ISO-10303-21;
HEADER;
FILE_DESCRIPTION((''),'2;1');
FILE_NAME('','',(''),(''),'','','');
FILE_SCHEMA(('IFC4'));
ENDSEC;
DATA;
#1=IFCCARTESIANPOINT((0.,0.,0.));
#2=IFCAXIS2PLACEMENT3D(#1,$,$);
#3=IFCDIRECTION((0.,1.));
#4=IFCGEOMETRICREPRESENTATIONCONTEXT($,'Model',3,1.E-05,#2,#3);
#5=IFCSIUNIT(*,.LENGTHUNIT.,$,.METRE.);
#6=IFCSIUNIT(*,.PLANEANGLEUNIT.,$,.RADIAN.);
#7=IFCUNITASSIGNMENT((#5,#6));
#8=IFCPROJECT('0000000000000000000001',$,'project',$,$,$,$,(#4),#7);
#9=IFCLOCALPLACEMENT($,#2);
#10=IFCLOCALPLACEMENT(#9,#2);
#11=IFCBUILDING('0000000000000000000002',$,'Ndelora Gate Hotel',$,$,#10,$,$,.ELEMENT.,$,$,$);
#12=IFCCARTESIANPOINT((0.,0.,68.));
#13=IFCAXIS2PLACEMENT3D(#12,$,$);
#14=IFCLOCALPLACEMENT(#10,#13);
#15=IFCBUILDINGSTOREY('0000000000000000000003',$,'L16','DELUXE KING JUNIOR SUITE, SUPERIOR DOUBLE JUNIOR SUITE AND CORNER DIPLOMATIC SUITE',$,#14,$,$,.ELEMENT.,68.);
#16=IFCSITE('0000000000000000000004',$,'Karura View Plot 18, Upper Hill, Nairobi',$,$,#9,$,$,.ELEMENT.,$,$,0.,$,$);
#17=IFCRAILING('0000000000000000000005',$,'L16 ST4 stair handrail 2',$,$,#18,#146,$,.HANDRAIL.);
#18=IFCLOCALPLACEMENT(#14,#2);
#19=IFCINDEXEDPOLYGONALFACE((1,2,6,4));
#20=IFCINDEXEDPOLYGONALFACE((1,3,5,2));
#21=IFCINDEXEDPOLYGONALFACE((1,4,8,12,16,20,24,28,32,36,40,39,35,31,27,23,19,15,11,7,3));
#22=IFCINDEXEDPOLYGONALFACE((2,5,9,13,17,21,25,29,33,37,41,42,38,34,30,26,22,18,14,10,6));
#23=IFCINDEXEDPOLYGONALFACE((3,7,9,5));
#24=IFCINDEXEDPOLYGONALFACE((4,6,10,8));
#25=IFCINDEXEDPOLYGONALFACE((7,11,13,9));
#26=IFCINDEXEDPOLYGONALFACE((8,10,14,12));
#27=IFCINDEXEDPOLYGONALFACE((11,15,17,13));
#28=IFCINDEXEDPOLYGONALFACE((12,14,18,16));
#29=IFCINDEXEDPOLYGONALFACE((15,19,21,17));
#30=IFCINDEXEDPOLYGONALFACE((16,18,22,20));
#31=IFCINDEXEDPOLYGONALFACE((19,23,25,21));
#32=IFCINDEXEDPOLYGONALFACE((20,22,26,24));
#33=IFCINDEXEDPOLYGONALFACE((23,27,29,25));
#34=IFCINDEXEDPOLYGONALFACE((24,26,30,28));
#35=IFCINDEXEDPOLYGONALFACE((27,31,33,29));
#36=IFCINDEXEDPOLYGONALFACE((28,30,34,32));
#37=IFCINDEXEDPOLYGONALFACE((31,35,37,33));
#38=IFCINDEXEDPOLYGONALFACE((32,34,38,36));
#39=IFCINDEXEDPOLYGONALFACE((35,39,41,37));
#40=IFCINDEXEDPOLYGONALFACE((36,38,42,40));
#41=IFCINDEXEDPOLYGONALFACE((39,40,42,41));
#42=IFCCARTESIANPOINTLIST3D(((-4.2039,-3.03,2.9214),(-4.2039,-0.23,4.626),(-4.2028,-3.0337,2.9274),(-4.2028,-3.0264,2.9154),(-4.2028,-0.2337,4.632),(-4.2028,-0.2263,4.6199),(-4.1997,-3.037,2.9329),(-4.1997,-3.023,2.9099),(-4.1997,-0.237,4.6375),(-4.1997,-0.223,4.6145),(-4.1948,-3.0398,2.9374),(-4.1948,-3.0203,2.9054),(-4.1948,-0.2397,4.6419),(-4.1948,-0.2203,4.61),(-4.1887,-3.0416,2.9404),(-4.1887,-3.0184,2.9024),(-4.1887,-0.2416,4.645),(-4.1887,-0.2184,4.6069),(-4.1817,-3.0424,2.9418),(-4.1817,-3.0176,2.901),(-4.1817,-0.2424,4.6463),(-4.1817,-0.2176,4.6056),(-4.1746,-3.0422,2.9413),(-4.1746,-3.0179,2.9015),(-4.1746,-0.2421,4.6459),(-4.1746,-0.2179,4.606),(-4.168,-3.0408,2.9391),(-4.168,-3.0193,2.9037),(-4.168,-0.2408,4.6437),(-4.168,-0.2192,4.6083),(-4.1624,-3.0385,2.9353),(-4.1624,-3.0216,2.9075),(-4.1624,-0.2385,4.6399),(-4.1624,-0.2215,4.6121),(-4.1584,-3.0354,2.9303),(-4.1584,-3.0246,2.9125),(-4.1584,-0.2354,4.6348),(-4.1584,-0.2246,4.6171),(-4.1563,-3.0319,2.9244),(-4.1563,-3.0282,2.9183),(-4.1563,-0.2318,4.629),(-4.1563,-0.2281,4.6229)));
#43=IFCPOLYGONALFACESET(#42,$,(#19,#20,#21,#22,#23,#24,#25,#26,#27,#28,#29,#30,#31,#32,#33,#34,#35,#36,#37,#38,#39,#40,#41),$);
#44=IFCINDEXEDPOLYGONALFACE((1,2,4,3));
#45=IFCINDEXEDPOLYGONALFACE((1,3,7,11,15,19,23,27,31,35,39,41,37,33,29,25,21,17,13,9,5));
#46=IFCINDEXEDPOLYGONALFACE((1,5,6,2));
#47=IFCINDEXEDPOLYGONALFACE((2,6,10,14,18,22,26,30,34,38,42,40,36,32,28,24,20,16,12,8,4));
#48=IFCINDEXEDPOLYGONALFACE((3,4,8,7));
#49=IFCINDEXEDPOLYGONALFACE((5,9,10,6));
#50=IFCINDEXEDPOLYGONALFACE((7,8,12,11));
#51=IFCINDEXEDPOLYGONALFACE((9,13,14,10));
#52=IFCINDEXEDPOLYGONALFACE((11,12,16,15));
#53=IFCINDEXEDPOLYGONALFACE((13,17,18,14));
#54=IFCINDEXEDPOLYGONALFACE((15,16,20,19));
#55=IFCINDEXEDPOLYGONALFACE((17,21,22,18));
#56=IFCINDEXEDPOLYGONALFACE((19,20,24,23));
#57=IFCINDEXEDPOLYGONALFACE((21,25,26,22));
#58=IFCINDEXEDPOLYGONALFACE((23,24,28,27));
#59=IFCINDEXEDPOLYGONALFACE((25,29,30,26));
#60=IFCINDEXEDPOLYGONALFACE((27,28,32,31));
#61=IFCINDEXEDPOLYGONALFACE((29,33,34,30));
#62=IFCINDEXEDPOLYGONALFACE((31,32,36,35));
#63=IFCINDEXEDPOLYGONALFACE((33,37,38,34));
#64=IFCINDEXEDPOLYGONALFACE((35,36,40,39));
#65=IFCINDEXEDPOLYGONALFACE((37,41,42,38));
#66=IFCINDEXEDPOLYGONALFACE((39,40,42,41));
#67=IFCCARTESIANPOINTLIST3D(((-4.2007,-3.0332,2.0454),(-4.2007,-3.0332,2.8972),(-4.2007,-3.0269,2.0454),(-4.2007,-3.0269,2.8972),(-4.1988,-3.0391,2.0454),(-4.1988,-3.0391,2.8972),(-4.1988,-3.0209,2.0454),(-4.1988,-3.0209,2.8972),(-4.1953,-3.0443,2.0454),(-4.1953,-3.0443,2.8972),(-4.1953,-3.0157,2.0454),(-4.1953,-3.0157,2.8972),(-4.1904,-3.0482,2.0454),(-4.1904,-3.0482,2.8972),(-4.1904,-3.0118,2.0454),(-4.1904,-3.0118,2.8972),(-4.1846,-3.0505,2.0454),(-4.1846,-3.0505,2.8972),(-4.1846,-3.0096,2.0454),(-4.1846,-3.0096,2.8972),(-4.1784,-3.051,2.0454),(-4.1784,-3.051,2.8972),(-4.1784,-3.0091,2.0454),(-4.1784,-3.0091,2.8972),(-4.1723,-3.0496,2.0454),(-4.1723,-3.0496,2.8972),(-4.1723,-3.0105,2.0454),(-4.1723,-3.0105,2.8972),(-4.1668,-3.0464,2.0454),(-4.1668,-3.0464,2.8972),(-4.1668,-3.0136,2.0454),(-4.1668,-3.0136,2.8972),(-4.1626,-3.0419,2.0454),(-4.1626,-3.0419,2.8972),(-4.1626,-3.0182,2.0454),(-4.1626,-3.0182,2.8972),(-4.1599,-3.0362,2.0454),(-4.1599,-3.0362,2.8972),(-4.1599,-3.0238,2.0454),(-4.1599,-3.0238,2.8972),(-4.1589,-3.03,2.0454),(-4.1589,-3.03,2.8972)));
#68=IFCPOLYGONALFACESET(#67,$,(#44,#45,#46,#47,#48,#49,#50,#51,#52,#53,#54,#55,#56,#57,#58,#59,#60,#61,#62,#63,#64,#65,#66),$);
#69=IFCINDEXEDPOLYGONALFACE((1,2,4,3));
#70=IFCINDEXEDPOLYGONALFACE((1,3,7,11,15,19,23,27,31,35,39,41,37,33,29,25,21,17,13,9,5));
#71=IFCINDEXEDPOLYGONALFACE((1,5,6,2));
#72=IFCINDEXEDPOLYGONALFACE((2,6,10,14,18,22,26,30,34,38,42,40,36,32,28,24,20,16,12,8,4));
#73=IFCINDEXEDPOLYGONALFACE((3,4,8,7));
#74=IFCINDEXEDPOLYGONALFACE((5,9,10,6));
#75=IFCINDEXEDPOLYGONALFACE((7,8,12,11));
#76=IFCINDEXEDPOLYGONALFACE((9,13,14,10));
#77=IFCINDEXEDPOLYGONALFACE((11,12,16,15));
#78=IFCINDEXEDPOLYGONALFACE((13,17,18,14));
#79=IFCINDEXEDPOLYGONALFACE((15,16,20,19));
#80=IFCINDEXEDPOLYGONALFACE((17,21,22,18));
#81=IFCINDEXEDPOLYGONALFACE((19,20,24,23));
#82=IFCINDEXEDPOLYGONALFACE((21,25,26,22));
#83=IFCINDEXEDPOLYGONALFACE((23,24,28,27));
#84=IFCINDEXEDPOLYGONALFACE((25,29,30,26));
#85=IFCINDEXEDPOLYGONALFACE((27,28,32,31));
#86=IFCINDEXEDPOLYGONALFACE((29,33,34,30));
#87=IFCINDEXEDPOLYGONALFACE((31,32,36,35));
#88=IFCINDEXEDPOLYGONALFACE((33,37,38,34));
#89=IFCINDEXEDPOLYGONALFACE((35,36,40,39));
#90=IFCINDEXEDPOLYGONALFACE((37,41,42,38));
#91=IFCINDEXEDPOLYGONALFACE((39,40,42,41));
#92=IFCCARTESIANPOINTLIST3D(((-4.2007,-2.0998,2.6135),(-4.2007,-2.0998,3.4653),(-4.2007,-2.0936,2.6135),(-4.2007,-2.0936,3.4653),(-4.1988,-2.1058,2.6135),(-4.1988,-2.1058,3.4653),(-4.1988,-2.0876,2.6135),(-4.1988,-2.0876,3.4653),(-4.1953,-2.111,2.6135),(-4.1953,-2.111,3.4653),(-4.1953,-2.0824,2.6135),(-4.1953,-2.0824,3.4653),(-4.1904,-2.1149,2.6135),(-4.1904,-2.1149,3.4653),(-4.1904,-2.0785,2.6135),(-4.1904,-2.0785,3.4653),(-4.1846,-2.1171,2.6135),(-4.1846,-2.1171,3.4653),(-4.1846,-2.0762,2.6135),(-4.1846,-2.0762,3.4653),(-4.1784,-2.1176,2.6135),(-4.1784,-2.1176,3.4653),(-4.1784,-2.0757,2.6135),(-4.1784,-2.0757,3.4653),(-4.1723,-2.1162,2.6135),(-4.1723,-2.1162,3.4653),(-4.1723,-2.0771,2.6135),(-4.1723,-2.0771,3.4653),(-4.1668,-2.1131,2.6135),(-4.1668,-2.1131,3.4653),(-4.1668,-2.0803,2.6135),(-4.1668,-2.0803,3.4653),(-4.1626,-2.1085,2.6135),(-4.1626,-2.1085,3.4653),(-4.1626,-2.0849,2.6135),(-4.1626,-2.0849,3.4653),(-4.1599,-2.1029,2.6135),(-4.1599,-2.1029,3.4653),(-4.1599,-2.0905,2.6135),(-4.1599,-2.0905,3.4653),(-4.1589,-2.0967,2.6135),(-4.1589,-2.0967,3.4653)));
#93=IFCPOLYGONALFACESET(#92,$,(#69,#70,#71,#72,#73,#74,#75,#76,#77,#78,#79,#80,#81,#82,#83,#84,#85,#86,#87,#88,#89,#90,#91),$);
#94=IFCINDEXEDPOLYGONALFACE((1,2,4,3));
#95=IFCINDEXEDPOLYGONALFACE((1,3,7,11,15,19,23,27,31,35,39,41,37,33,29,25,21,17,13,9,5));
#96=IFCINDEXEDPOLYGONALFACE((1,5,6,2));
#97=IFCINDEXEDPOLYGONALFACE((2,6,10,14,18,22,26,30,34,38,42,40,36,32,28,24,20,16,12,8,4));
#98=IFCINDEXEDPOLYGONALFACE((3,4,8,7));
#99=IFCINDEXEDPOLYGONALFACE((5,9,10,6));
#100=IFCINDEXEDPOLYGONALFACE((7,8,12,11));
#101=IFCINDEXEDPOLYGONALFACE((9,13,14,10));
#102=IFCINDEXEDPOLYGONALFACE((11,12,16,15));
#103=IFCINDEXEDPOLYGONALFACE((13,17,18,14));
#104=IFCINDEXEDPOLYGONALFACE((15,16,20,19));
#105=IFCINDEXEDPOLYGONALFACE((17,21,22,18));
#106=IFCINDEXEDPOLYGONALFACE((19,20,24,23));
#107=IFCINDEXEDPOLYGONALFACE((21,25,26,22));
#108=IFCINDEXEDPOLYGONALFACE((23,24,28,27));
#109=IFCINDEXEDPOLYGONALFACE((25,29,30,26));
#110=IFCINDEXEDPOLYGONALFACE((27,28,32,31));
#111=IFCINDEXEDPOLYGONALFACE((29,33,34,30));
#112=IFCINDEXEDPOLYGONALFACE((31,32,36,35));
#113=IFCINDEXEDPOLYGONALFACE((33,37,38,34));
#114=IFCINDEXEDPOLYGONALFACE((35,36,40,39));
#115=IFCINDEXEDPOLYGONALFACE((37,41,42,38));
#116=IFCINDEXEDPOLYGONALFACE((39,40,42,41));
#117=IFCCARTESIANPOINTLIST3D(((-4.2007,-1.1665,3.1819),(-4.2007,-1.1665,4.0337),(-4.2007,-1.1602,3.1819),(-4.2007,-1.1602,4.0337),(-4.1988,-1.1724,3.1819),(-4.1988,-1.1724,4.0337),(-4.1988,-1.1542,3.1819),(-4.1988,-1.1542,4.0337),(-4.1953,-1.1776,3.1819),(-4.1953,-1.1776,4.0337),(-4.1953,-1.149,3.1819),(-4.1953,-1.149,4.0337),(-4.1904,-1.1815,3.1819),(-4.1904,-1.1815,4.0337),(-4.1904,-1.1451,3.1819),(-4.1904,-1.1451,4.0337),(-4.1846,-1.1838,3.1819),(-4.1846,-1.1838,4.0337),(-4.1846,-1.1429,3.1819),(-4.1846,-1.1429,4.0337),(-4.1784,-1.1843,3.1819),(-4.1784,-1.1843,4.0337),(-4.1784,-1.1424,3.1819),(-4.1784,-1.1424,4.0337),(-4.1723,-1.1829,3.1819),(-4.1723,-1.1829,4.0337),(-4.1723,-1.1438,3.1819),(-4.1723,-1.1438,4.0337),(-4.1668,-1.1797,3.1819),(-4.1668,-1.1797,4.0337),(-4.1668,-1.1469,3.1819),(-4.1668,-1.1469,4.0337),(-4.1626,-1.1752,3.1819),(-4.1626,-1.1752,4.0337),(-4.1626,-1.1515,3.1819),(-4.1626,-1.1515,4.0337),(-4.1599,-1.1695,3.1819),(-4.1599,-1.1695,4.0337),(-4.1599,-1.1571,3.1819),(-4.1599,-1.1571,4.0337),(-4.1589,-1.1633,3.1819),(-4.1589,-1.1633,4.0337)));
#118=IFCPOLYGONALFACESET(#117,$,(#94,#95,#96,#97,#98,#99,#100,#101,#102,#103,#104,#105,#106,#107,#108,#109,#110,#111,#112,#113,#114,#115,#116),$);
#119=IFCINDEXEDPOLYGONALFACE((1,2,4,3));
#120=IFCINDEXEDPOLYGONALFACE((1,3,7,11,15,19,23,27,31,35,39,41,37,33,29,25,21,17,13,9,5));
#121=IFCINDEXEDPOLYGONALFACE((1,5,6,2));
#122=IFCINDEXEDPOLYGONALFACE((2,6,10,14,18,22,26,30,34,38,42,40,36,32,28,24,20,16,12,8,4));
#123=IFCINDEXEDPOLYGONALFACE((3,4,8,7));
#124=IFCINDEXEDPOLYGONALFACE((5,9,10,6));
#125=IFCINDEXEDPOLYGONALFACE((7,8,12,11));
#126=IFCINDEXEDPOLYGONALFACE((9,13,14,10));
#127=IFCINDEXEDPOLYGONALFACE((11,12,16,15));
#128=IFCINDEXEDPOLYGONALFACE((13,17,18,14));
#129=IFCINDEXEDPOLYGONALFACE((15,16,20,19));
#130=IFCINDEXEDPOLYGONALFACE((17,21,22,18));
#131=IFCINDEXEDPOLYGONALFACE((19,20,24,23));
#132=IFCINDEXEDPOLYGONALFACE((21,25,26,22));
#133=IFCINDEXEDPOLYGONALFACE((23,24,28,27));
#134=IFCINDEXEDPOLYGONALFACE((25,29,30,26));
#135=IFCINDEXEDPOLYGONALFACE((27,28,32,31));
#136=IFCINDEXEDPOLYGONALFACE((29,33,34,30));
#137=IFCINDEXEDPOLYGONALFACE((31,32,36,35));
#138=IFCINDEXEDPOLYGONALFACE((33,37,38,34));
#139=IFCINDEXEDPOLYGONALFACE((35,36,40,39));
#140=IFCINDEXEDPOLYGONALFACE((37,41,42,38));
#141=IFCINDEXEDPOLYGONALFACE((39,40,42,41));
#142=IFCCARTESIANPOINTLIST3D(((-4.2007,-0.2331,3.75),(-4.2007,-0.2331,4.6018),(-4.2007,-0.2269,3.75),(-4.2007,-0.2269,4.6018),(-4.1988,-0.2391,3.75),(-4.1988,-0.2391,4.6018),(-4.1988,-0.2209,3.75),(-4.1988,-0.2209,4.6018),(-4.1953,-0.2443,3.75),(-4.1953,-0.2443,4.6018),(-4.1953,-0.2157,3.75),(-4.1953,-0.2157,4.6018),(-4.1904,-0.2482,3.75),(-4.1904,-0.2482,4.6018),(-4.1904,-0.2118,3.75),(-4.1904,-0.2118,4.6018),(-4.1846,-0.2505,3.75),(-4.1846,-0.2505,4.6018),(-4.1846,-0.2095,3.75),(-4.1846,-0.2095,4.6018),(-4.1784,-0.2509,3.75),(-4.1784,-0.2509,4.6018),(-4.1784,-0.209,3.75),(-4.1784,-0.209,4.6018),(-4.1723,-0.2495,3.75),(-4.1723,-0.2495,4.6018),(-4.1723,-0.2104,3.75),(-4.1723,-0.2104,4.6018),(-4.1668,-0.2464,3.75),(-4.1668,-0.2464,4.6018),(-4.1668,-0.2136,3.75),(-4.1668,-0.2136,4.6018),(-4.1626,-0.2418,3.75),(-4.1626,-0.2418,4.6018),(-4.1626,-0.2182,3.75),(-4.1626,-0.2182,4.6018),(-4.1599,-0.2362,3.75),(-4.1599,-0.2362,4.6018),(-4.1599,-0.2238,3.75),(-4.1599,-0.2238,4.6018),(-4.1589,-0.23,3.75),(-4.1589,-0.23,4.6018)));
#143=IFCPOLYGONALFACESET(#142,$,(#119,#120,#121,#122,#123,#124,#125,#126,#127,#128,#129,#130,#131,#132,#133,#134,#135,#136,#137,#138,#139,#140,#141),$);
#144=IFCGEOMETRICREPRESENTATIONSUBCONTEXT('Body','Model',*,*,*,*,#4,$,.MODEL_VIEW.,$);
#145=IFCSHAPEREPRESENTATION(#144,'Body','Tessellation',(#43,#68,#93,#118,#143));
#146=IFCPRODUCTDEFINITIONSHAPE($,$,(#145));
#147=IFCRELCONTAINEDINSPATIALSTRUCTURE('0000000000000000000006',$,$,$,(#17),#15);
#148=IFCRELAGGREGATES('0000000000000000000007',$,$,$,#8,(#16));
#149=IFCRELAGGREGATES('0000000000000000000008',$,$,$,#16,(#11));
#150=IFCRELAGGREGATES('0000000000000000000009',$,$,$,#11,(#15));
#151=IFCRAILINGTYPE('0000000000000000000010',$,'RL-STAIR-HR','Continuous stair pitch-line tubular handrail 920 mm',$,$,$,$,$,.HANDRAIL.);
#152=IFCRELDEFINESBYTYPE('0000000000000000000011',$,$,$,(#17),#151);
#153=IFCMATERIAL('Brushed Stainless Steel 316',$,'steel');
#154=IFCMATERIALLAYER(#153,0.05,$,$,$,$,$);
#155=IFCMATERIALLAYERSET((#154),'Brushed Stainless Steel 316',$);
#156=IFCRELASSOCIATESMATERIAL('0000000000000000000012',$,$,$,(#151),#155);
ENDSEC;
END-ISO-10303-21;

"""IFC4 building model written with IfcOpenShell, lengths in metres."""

from ifc_helpers import new_model, si_unit, direction, frame, origin, origin_2d, place, context, subcontext, project, spatial, circle, extrude, material, layer, layer_set, type_object, element, save


model = new_model("IFC4")

# Units and contexts
model_context = context("Model", 3, precision=1e-05, world=origin(), true_north=direction((0.0, 1.0)))
body_context = subcontext(model_context, "Body", "Model", "MODEL_VIEW")
ifc_project = project(units=[si_unit("LENGTHUNIT", "METRE"), si_unit("PLANEANGLEUNIT", "RADIAN")], contexts=[model_context])

# Site, building, storey
site_placement = place(None, origin())
site = spatial("IfcSite", under=ifc_project, at=site_placement, Name="Karura View Plot 18, Upper Hill, Nairobi", CompositionType="ELEMENT", RefElevation=0.0)
building_placement = place(site_placement, origin())
building = spatial("IfcBuilding", under=site, at=building_placement, Name="Ndelora Gate Hotel", CompositionType="ELEMENT")
storey_placement = place(building_placement, frame((0.0, 0.0, 68.0)))
storey = spatial("IfcBuildingStorey", under=building, at=storey_placement, Name="L16", Description="DELUXE KING JUNIOR SUITE, SUPERIOR DOUBLE JUNIOR SUITE AND CORNER DIPLOMATIC SUITE", CompositionType="ELEMENT", Elevation=68.0)

# Railing
ifc_material_1 = material(Name="Brushed Stainless Steel 316", Category="steel")
ifc_layer_1 = layer(ifc_material_1, 0.05)
ifc_layer_set_1 = layer_set([ifc_layer_1], Name="Brushed Stainless Steel 316")
railing_type_1 = type_object("IfcRailingType", Name="RL-STAIR-HR", Description="Continuous stair pitch-line tubular handrail 920 mm", PredefinedType="HANDRAIL", material=ifc_layer_set_1)
railing_1_placement = place(storey_placement, frame((-4.1799, -3.03, 2.0454)))
element("IfcRailing", 1, at=railing_1_placement, inside=storey, type_object=railing_type_1, Name="L16 ST4 stair handrail 2", PredefinedType="HANDRAIL", context=body_context, shape_type="SweptSolid", body=[
    extrude(circle(Radius=0.0239, at=origin_2d()), frame((0.0, 0.0, 0.876), z_axis=(0.0, 0.85417, 0.519994), x_axis=(-1.0, 0.0, 0.0)), (0.0, 0.0, 1.0), 3.2781),
    extrude(circle(Radius=0.021, at=origin_2d()), origin(), (0.0, 0.0, 1.0), 0.8518),
    extrude(circle(Radius=0.021, at=origin_2d()), frame((0.0, 0.9333, 0.5681)), (0.0, 0.0, 1.0), 0.8518),
    extrude(circle(Radius=0.021, at=origin_2d()), frame((0.0, 1.8667, 1.1365)), (0.0, 0.0, 1.0), 0.8518),
    extrude(circle(Radius=0.021, at=origin_2d()), frame((0.0, 2.8, 1.7046)), (0.0, 0.0, 1.0), 0.8518),
])

save(model, "model.ifc")
